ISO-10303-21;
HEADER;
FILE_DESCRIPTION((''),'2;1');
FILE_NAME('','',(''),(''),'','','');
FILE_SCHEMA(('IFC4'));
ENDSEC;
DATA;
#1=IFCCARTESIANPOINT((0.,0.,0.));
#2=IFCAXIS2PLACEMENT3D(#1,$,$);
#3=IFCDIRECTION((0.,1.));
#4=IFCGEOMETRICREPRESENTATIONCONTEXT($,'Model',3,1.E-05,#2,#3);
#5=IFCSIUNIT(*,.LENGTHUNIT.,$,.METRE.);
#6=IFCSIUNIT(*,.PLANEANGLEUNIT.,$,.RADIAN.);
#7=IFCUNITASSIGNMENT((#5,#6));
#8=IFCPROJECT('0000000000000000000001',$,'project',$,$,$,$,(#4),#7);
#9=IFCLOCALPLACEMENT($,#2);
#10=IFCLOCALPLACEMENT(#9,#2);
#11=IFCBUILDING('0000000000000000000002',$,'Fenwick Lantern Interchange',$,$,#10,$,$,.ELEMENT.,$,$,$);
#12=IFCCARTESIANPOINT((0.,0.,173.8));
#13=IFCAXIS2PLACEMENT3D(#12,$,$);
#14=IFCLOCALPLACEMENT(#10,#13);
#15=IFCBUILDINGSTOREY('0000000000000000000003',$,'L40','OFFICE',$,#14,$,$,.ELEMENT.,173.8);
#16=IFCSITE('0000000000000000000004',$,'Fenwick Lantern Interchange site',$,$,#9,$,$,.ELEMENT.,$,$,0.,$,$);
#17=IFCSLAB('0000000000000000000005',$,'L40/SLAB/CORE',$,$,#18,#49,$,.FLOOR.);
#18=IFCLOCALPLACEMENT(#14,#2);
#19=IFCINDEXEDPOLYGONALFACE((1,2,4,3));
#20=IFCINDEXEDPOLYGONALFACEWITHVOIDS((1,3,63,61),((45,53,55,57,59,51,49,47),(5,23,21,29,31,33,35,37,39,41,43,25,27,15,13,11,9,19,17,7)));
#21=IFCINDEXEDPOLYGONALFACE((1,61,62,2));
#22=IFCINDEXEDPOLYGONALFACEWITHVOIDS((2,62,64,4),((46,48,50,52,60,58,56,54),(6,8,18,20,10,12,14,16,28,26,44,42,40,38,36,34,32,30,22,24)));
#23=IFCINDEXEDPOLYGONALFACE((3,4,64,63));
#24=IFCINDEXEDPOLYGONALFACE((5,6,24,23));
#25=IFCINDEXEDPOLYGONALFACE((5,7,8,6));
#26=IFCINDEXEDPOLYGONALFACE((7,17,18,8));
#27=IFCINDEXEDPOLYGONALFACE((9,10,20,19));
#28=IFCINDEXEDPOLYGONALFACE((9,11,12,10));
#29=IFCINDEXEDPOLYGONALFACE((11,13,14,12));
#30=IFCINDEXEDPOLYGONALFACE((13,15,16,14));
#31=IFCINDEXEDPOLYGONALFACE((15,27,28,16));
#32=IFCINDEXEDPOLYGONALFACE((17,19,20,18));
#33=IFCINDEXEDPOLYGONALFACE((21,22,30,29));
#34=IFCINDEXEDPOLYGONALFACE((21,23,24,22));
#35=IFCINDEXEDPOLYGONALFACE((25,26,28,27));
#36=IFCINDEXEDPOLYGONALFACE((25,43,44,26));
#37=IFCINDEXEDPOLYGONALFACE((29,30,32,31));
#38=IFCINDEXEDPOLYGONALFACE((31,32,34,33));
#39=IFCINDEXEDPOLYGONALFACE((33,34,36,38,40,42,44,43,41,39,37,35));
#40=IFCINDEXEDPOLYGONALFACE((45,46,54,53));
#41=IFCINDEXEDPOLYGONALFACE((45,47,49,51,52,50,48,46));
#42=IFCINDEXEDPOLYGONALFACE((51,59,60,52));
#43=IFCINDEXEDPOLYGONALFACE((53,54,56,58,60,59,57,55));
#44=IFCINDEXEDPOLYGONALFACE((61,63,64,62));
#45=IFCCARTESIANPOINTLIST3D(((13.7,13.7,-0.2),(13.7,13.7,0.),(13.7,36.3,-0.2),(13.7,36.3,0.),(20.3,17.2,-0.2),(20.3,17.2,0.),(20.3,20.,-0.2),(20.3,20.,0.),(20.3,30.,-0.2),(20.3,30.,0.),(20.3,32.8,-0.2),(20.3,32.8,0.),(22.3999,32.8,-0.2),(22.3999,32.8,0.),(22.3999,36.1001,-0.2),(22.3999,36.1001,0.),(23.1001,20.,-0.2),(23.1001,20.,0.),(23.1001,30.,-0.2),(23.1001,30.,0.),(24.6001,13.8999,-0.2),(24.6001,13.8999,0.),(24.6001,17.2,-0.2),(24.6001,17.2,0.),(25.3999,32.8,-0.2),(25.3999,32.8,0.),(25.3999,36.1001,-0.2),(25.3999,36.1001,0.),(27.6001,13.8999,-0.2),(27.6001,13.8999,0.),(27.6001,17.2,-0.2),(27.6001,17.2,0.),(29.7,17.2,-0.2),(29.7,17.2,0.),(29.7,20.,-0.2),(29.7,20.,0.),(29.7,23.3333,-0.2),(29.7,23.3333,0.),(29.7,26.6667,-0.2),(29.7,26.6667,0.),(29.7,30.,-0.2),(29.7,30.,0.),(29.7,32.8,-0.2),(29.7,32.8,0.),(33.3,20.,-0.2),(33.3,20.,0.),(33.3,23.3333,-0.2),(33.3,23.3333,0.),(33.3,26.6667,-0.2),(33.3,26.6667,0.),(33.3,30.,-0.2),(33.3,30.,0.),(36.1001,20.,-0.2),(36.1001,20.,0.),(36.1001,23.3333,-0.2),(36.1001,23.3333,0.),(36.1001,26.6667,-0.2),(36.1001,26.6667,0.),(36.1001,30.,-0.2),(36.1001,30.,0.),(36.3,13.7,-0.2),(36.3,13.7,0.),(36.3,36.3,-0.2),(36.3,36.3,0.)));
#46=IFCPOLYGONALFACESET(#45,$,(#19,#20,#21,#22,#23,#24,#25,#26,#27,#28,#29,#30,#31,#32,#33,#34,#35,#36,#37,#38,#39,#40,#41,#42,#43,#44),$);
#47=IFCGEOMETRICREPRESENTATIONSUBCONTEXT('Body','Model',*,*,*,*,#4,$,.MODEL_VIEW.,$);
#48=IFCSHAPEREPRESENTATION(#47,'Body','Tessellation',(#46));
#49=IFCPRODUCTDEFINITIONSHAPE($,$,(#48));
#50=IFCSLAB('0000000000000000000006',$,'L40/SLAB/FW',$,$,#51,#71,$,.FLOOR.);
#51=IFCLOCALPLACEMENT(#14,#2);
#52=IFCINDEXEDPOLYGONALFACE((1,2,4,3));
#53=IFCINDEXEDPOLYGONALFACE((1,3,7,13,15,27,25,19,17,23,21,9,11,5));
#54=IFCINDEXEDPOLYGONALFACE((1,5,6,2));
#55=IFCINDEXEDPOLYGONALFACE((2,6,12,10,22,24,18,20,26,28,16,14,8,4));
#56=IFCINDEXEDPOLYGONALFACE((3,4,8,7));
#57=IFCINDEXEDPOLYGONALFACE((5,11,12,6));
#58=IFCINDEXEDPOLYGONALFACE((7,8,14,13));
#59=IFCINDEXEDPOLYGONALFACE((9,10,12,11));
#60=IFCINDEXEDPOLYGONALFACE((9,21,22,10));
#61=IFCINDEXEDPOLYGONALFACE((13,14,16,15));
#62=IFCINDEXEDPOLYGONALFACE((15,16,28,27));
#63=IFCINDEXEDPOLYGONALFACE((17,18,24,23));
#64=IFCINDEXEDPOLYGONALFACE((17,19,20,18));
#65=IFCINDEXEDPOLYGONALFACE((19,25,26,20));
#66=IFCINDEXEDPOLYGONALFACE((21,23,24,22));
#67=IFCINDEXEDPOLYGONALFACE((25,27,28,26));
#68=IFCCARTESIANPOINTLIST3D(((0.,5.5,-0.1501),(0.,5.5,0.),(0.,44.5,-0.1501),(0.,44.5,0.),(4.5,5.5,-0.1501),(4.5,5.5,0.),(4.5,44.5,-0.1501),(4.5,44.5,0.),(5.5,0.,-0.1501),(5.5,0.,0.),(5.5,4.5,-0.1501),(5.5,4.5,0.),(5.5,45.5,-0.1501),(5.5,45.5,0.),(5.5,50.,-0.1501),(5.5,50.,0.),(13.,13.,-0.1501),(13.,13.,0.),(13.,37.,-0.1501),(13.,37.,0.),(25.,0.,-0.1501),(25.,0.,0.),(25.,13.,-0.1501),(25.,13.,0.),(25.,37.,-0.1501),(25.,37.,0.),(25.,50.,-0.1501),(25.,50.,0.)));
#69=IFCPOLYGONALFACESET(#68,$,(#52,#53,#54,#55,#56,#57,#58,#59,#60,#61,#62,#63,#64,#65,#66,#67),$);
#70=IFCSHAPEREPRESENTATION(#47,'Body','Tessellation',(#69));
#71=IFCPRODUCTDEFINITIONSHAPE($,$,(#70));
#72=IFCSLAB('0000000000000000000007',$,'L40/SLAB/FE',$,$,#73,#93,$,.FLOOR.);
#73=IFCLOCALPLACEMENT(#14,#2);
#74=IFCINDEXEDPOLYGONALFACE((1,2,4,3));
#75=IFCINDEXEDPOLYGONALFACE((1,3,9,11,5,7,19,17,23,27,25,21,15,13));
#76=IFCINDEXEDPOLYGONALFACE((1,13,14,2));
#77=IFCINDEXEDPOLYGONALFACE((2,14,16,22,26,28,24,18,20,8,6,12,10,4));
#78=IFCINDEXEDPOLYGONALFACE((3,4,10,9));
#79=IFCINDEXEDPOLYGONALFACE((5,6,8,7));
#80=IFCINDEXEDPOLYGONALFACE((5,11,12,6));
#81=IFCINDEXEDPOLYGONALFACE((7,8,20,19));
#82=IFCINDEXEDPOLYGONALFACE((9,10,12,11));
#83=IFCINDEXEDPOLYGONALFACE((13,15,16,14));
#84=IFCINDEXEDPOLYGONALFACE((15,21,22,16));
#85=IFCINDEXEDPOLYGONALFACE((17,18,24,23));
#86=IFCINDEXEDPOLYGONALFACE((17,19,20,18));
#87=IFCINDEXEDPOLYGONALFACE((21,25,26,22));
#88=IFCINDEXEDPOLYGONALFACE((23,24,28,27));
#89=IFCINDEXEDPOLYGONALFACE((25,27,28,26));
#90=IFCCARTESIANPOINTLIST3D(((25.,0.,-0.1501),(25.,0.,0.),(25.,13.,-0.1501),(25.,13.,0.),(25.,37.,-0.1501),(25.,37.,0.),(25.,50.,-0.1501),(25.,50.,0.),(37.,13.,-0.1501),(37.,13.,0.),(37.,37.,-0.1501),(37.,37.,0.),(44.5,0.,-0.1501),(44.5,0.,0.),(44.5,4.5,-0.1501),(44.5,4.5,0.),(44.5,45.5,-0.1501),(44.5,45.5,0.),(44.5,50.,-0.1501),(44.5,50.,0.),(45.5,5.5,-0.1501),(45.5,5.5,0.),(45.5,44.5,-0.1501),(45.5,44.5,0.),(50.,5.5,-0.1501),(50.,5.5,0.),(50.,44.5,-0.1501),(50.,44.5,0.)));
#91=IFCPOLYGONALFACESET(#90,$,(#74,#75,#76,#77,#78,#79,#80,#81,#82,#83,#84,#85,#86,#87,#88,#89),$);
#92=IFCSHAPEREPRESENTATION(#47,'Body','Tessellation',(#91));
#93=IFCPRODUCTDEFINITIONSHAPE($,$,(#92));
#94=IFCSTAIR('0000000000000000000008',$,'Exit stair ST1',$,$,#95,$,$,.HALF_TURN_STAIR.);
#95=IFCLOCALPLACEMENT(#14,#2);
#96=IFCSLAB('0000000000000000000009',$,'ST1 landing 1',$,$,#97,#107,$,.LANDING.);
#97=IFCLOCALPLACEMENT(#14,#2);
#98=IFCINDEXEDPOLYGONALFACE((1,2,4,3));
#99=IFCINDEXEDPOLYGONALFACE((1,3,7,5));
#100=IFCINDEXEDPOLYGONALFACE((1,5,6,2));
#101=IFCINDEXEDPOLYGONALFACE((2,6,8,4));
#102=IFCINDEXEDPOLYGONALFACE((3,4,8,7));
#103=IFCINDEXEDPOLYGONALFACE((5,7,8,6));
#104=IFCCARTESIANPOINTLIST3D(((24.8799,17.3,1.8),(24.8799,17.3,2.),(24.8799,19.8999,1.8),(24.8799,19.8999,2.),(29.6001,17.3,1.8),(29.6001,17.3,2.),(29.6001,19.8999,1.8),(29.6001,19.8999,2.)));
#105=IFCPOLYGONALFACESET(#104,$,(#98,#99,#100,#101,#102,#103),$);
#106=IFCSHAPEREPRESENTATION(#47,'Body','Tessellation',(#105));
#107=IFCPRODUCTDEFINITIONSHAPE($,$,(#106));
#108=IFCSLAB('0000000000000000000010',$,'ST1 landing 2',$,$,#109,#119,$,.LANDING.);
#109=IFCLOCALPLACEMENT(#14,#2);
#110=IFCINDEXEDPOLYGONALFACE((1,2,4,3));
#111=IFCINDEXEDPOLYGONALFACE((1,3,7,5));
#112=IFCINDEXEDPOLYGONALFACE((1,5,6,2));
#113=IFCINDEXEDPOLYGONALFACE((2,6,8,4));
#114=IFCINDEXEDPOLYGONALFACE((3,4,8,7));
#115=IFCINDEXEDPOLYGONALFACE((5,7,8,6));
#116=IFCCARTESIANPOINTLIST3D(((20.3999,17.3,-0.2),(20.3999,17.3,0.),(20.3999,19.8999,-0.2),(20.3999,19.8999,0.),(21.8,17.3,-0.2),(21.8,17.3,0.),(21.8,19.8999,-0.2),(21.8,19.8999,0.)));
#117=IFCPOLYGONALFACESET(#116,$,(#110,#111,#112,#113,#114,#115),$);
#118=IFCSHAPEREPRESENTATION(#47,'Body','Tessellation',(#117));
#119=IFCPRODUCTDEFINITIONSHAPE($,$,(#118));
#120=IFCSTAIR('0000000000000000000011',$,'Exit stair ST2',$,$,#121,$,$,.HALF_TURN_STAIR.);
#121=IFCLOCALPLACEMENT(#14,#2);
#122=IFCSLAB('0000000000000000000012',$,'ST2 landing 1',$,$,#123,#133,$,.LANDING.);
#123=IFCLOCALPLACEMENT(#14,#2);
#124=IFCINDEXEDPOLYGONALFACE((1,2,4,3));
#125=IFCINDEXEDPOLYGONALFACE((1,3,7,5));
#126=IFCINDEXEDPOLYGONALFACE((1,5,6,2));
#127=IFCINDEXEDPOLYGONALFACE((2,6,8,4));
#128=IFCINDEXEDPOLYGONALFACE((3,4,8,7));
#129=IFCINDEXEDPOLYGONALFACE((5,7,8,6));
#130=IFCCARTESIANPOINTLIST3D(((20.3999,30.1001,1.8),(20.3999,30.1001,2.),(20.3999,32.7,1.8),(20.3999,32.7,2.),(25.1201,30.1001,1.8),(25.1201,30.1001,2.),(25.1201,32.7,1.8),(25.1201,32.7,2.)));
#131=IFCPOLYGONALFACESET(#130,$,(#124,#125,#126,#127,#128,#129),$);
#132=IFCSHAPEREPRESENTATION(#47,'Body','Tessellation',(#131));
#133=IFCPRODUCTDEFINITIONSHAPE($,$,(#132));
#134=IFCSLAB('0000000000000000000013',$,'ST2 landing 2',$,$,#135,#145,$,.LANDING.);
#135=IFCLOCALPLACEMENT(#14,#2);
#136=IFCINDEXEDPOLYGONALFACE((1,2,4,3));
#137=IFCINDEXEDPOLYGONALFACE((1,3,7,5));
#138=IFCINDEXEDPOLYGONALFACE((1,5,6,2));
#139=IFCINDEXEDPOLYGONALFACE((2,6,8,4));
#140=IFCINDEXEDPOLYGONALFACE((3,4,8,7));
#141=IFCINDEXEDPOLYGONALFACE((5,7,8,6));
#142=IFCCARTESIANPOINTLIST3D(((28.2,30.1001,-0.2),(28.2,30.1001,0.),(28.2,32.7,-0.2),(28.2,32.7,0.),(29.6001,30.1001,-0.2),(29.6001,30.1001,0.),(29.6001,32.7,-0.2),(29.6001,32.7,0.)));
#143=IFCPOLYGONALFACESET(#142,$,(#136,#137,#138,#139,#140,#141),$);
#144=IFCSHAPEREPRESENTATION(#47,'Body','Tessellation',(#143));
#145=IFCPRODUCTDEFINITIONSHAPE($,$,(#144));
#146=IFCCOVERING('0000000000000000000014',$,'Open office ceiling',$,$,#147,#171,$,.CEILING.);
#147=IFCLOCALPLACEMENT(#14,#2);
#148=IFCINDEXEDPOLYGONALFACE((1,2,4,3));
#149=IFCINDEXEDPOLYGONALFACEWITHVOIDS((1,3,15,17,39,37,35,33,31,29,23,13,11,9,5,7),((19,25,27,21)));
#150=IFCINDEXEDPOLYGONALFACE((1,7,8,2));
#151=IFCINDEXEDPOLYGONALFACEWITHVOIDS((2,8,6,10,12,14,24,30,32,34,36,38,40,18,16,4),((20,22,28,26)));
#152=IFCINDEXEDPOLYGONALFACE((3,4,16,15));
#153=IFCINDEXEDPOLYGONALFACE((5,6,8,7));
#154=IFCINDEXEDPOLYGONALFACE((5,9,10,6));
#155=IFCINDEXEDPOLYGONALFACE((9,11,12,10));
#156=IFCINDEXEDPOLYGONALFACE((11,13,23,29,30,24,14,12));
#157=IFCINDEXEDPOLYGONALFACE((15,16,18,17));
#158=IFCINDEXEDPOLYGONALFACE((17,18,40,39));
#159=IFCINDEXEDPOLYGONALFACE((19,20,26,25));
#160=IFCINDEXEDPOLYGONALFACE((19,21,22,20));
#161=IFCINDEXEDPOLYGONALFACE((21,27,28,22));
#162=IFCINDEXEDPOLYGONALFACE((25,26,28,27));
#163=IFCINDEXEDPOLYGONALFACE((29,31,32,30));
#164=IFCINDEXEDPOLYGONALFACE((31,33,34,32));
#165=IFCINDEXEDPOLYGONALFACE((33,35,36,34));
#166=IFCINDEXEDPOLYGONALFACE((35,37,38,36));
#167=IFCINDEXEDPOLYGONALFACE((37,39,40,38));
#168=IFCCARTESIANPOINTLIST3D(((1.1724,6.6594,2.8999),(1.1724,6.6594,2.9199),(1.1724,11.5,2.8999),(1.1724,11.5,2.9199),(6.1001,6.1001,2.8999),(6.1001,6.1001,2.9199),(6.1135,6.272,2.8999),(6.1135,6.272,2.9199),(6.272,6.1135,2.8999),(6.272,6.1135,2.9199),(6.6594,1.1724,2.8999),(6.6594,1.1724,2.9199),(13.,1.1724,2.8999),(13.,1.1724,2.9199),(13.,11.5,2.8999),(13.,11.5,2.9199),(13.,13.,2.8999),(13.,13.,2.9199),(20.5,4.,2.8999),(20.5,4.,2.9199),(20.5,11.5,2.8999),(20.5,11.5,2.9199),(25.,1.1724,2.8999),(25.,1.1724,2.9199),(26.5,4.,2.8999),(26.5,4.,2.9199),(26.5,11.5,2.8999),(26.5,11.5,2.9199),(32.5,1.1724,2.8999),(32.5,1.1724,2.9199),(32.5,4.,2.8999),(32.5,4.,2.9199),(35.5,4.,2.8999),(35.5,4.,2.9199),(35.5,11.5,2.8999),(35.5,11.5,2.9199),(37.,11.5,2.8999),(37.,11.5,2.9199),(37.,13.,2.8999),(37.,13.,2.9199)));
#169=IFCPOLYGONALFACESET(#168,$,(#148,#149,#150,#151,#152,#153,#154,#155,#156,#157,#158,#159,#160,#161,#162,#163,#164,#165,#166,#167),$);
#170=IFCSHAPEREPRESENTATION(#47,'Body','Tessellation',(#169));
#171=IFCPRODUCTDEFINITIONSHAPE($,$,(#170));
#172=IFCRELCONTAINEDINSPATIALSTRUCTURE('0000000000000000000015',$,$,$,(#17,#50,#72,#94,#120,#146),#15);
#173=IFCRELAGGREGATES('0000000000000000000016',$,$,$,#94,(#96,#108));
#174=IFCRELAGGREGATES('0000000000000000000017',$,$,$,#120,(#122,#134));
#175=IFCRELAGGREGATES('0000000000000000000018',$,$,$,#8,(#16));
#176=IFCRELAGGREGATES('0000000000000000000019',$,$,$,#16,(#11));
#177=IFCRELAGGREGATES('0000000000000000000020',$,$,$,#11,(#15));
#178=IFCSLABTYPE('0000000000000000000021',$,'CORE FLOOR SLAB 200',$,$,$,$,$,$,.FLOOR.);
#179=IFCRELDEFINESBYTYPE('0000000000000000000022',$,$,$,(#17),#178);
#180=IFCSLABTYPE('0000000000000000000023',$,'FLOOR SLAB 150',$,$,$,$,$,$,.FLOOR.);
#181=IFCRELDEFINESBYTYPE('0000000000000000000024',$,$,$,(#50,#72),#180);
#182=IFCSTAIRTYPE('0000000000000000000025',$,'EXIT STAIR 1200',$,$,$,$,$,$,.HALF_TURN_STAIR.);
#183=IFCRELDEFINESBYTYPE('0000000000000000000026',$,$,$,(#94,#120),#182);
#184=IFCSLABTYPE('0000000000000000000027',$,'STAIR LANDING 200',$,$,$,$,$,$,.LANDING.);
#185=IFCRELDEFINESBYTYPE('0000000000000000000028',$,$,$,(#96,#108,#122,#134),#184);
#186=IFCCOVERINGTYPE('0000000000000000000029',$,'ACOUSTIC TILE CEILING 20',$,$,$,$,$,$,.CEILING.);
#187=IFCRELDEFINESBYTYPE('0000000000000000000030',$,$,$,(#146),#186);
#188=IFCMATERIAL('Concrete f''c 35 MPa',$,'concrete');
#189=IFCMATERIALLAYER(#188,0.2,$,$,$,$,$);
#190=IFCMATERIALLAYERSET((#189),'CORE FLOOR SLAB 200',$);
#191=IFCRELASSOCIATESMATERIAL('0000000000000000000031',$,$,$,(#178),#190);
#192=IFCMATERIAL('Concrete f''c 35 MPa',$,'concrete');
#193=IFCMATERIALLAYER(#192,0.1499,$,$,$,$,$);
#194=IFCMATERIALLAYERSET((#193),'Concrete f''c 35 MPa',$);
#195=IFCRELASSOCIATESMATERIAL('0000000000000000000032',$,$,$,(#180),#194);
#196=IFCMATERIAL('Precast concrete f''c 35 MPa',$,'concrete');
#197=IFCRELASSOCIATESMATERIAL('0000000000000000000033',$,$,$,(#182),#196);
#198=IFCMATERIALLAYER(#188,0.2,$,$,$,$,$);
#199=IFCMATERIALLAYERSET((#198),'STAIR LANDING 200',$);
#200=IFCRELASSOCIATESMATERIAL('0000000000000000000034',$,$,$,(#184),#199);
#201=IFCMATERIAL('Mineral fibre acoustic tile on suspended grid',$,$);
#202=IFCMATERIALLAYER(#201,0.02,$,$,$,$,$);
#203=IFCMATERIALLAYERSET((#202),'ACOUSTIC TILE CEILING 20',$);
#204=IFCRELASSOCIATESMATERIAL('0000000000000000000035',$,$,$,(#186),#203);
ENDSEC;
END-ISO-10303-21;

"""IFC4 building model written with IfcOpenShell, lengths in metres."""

from ifc_helpers import new_model, si_unit, direction, frame, origin, place, context, subcontext, project, spatial, polyline, outline, extrude, material, layer, layer_set, type_object, element, aggregate, save


model = new_model("IFC4")

# Units and contexts
model_context = context("Model", 3, precision=1e-05, world=origin(), true_north=direction((0.0, 1.0)))
body_context = subcontext(model_context, "Body", "Model", "MODEL_VIEW")
ifc_project = project(units=[si_unit("LENGTHUNIT", "METRE"), si_unit("PLANEANGLEUNIT", "RADIAN")], contexts=[model_context])

# Site, building, storey
site_placement = place(None, origin())
site = spatial("IfcSite", under=ifc_project, at=site_placement, Name="Fenwick Lantern Interchange site", CompositionType="ELEMENT", RefElevation=0.0)
building_placement = place(site_placement, origin())
building = spatial("IfcBuilding", under=site, at=building_placement, Name="Fenwick Lantern Interchange", CompositionType="ELEMENT")
storey_placement = place(building_placement, frame((0.0, 0.0, 173.8)))
storey = spatial("IfcBuildingStorey", under=building, at=storey_placement, Name="L40", Description="OFFICE", CompositionType="ELEMENT", Elevation=173.8)

# Slabs
ifc_material_1 = material(Name="Concrete f'c 35 MPa", Category="concrete")
ifc_layer_1 = layer(ifc_material_1, 0.2)
ifc_layer_set_1 = layer_set([ifc_layer_1], Name="CORE FLOOR SLAB 200")
slab_type_1 = type_object("IfcSlabType", Name="CORE FLOOR SLAB 200", PredefinedType="FLOOR", material=ifc_layer_set_1)
slab_1_placement = place(storey_placement, frame((0.0, 0.0, -0.2)))
element("IfcSlab", 1, at=slab_1_placement, inside=storey, type_object=slab_type_1, Name="L40/SLAB/CORE", PredefinedType="FLOOR", context=body_context, shape_type="SweptSolid", body=[
    extrude(outline(polyline([(13.7, 36.3), (36.3, 36.3), (36.3, 13.7), (13.7, 13.7), (13.7, 36.3)]), holes=[polyline([(24.6001, 13.8999), (27.6001, 13.8999), (27.6001, 17.2), (29.7, 17.2), (29.7, 20.0), (29.7, 23.3333), (29.7, 26.6667), (29.7, 30.0), (29.7, 32.8), (25.3999, 32.8), (25.3999, 36.1001), (22.3999, 36.1001), (22.3999, 32.8), (20.3, 32.8), (20.3, 30.0), (23.1001, 30.0), (23.1001, 20.0), (20.3, 20.0), (20.3, 17.2), (24.6001, 17.2), (24.6001, 13.8999)]), polyline([(33.3, 23.3333), (33.3, 20.0), (36.1001, 20.0), (36.1001, 23.3333), (36.1001, 26.6667), (36.1001, 30.0), (33.3, 30.0), (33.3, 26.6667), (33.3, 23.3333)])]), origin(), (0.0, 0.0, 1.0), 0.2),
])
ifc_material_2 = material(Name="Concrete f'c 35 MPa", Category="concrete")
ifc_layer_2 = layer(ifc_material_2, 0.1499)
ifc_layer_set_2 = layer_set([ifc_layer_2], Name="Concrete f'c 35 MPa")
slab_type_2 = type_object("IfcSlabType", Name="FLOOR SLAB 150", PredefinedType="FLOOR", material=ifc_layer_set_2)
slab_2_placement = place(storey_placement, frame((0.0, 0.0, -0.1501)))
element("IfcSlab", 2, at=slab_2_placement, inside=storey, type_object=slab_type_2, Name="L40/SLAB/FW", PredefinedType="FLOOR", context=body_context, shape_type="SweptSolid", body=[
    extrude(outline(polyline([(5.5, 0.0), (5.5, 4.5), (4.5, 5.5), (0.0, 5.5), (0.0, 44.5), (4.5, 44.5), (5.5, 45.5), (5.5, 50.0), (25.0, 50.0), (25.0, 37.0), (13.0, 37.0), (13.0, 13.0), (25.0, 13.0), (25.0, 0.0), (5.5, 0.0)])), origin(), (0.0, 0.0, 1.0), 0.1501),
])
slab_3_placement = place(storey_placement, frame((0.0, 0.0, -0.1501)))
element("IfcSlab", 3, at=slab_3_placement, inside=storey, type_object=slab_type_2, Name="L40/SLAB/FE", PredefinedType="FLOOR", context=body_context, shape_type="SweptSolid", body=[
    extrude(outline(polyline([(44.5, 50.0), (44.5, 45.5), (45.5, 44.5), (50.0, 44.5), (50.0, 5.5), (45.5, 5.5), (44.5, 4.5), (44.5, 0.0), (25.0, 0.0), (25.0, 13.0), (37.0, 13.0), (37.0, 37.0), (25.0, 37.0), (25.0, 50.0), (44.5, 50.0)])), origin(), (0.0, 0.0, 1.0), 0.1501),
])

# Stairs, slabs
ifc_material_3 = material(Name="Precast concrete f'c 35 MPa", Category="concrete")
stair_type = type_object("IfcStairType", Name="EXIT STAIR 1200", PredefinedType="HALF_TURN_STAIR", material=ifc_material_3)
stair_1_placement = place(storey_placement, origin())
stair_1 = element("IfcStair", 4, at=stair_1_placement, inside=storey, type_object=stair_type, Name="Exit stair ST1", PredefinedType="HALF_TURN_STAIR")
ifc_layer_3 = layer(ifc_material_1, 0.2)
ifc_layer_set_3 = layer_set([ifc_layer_3], Name="STAIR LANDING 200")
slab_type_3 = type_object("IfcSlabType", Name="STAIR LANDING 200", PredefinedType="LANDING", material=ifc_layer_set_3)
slab_4_placement = place(storey_placement, frame((0.0, 0.0, 1.8)))
slab_4 = element("IfcSlab", 5, at=slab_4_placement, type_object=slab_type_3, Name="ST1 landing 1", PredefinedType="LANDING", context=body_context, shape_type="SweptSolid", body=[
    extrude(outline(polyline([(24.8799, 17.3), (29.6001, 17.3), (29.6001, 19.8999), (24.8799, 19.8999), (24.8799, 17.3)])), origin(), (0.0, 0.0, 1.0), 0.2),
])
slab_5_placement = place(storey_placement, frame((0.0, 0.0, -0.2)))
slab_5 = element("IfcSlab", 6, at=slab_5_placement, type_object=slab_type_3, Name="ST1 landing 2", PredefinedType="LANDING", context=body_context, shape_type="SweptSolid", body=[
    extrude(outline(polyline([(20.3999, 17.3), (21.8, 17.3), (21.8, 19.8999), (20.3999, 19.8999), (20.3999, 17.3)])), origin(), (0.0, 0.0, 1.0), 0.2),
])
aggregate(stair_1, [slab_4, slab_5])
stair_2_placement = place(storey_placement, origin())
stair_2 = element("IfcStair", 7, at=stair_2_placement, inside=storey, type_object=stair_type, Name="Exit stair ST2", PredefinedType="HALF_TURN_STAIR")
slab_6_placement = place(storey_placement, frame((0.0, 0.0, 1.8)))
slab_6 = element("IfcSlab", 8, at=slab_6_placement, type_object=slab_type_3, Name="ST2 landing 1", PredefinedType="LANDING", context=body_context, shape_type="SweptSolid", body=[
    extrude(outline(polyline([(25.1201, 32.7), (20.3999, 32.7), (20.3999, 30.1001), (25.1201, 30.1001), (25.1201, 32.7)])), origin(), (0.0, 0.0, 1.0), 0.2),
])
slab_7_placement = place(storey_placement, frame((0.0, 0.0, -0.2)))
slab_7 = element("IfcSlab", 9, at=slab_7_placement, type_object=slab_type_3, Name="ST2 landing 2", PredefinedType="LANDING", context=body_context, shape_type="SweptSolid", body=[
    extrude(outline(polyline([(29.6001, 32.7), (28.2, 32.7), (28.2, 30.1001), (29.6001, 30.1001), (29.6001, 32.7)])), origin(), (0.0, 0.0, 1.0), 0.2),
])
aggregate(stair_2, [slab_6, slab_7])

# Covering
ifc_material_4 = material(Name="Mineral fibre acoustic tile on suspended grid")
ifc_layer_4 = layer(ifc_material_4, 0.02)
ifc_layer_set_4 = layer_set([ifc_layer_4], Name="ACOUSTIC TILE CEILING 20")
covering_type_1 = type_object("IfcCoveringType", Name="ACOUSTIC TILE CEILING 20", PredefinedType="CEILING", material=ifc_layer_set_4)
covering_1_placement = place(storey_placement, frame((0.0, 0.0, 2.8999)))
element("IfcCovering", 10, at=covering_1_placement, inside=storey, type_object=covering_type_1, Name="Open office ceiling", PredefinedType="CEILING", context=body_context, shape_type="SweptSolid", body=[
    extrude(outline(polyline([(32.5, 4.0), (35.5, 4.0), (35.5, 11.5), (37.0, 11.5), (37.0, 13.0), (13.0, 13.0), (13.0, 11.5), (1.1724, 11.5), (1.1724, 6.6594), (6.1135, 6.272), (6.1001, 6.1001), (6.272, 6.1135), (6.6594, 1.1724), (13.0, 1.1724), (25.0, 1.1724), (32.5, 1.1724), (32.5, 4.0)]), holes=[polyline([(20.5, 11.5), (26.5, 11.5), (26.5, 4.0), (20.5, 4.0), (20.5, 11.5)])]), origin(), (0.0, 0.0, 1.0), 0.02),
])

save(model, "model.ifc")
